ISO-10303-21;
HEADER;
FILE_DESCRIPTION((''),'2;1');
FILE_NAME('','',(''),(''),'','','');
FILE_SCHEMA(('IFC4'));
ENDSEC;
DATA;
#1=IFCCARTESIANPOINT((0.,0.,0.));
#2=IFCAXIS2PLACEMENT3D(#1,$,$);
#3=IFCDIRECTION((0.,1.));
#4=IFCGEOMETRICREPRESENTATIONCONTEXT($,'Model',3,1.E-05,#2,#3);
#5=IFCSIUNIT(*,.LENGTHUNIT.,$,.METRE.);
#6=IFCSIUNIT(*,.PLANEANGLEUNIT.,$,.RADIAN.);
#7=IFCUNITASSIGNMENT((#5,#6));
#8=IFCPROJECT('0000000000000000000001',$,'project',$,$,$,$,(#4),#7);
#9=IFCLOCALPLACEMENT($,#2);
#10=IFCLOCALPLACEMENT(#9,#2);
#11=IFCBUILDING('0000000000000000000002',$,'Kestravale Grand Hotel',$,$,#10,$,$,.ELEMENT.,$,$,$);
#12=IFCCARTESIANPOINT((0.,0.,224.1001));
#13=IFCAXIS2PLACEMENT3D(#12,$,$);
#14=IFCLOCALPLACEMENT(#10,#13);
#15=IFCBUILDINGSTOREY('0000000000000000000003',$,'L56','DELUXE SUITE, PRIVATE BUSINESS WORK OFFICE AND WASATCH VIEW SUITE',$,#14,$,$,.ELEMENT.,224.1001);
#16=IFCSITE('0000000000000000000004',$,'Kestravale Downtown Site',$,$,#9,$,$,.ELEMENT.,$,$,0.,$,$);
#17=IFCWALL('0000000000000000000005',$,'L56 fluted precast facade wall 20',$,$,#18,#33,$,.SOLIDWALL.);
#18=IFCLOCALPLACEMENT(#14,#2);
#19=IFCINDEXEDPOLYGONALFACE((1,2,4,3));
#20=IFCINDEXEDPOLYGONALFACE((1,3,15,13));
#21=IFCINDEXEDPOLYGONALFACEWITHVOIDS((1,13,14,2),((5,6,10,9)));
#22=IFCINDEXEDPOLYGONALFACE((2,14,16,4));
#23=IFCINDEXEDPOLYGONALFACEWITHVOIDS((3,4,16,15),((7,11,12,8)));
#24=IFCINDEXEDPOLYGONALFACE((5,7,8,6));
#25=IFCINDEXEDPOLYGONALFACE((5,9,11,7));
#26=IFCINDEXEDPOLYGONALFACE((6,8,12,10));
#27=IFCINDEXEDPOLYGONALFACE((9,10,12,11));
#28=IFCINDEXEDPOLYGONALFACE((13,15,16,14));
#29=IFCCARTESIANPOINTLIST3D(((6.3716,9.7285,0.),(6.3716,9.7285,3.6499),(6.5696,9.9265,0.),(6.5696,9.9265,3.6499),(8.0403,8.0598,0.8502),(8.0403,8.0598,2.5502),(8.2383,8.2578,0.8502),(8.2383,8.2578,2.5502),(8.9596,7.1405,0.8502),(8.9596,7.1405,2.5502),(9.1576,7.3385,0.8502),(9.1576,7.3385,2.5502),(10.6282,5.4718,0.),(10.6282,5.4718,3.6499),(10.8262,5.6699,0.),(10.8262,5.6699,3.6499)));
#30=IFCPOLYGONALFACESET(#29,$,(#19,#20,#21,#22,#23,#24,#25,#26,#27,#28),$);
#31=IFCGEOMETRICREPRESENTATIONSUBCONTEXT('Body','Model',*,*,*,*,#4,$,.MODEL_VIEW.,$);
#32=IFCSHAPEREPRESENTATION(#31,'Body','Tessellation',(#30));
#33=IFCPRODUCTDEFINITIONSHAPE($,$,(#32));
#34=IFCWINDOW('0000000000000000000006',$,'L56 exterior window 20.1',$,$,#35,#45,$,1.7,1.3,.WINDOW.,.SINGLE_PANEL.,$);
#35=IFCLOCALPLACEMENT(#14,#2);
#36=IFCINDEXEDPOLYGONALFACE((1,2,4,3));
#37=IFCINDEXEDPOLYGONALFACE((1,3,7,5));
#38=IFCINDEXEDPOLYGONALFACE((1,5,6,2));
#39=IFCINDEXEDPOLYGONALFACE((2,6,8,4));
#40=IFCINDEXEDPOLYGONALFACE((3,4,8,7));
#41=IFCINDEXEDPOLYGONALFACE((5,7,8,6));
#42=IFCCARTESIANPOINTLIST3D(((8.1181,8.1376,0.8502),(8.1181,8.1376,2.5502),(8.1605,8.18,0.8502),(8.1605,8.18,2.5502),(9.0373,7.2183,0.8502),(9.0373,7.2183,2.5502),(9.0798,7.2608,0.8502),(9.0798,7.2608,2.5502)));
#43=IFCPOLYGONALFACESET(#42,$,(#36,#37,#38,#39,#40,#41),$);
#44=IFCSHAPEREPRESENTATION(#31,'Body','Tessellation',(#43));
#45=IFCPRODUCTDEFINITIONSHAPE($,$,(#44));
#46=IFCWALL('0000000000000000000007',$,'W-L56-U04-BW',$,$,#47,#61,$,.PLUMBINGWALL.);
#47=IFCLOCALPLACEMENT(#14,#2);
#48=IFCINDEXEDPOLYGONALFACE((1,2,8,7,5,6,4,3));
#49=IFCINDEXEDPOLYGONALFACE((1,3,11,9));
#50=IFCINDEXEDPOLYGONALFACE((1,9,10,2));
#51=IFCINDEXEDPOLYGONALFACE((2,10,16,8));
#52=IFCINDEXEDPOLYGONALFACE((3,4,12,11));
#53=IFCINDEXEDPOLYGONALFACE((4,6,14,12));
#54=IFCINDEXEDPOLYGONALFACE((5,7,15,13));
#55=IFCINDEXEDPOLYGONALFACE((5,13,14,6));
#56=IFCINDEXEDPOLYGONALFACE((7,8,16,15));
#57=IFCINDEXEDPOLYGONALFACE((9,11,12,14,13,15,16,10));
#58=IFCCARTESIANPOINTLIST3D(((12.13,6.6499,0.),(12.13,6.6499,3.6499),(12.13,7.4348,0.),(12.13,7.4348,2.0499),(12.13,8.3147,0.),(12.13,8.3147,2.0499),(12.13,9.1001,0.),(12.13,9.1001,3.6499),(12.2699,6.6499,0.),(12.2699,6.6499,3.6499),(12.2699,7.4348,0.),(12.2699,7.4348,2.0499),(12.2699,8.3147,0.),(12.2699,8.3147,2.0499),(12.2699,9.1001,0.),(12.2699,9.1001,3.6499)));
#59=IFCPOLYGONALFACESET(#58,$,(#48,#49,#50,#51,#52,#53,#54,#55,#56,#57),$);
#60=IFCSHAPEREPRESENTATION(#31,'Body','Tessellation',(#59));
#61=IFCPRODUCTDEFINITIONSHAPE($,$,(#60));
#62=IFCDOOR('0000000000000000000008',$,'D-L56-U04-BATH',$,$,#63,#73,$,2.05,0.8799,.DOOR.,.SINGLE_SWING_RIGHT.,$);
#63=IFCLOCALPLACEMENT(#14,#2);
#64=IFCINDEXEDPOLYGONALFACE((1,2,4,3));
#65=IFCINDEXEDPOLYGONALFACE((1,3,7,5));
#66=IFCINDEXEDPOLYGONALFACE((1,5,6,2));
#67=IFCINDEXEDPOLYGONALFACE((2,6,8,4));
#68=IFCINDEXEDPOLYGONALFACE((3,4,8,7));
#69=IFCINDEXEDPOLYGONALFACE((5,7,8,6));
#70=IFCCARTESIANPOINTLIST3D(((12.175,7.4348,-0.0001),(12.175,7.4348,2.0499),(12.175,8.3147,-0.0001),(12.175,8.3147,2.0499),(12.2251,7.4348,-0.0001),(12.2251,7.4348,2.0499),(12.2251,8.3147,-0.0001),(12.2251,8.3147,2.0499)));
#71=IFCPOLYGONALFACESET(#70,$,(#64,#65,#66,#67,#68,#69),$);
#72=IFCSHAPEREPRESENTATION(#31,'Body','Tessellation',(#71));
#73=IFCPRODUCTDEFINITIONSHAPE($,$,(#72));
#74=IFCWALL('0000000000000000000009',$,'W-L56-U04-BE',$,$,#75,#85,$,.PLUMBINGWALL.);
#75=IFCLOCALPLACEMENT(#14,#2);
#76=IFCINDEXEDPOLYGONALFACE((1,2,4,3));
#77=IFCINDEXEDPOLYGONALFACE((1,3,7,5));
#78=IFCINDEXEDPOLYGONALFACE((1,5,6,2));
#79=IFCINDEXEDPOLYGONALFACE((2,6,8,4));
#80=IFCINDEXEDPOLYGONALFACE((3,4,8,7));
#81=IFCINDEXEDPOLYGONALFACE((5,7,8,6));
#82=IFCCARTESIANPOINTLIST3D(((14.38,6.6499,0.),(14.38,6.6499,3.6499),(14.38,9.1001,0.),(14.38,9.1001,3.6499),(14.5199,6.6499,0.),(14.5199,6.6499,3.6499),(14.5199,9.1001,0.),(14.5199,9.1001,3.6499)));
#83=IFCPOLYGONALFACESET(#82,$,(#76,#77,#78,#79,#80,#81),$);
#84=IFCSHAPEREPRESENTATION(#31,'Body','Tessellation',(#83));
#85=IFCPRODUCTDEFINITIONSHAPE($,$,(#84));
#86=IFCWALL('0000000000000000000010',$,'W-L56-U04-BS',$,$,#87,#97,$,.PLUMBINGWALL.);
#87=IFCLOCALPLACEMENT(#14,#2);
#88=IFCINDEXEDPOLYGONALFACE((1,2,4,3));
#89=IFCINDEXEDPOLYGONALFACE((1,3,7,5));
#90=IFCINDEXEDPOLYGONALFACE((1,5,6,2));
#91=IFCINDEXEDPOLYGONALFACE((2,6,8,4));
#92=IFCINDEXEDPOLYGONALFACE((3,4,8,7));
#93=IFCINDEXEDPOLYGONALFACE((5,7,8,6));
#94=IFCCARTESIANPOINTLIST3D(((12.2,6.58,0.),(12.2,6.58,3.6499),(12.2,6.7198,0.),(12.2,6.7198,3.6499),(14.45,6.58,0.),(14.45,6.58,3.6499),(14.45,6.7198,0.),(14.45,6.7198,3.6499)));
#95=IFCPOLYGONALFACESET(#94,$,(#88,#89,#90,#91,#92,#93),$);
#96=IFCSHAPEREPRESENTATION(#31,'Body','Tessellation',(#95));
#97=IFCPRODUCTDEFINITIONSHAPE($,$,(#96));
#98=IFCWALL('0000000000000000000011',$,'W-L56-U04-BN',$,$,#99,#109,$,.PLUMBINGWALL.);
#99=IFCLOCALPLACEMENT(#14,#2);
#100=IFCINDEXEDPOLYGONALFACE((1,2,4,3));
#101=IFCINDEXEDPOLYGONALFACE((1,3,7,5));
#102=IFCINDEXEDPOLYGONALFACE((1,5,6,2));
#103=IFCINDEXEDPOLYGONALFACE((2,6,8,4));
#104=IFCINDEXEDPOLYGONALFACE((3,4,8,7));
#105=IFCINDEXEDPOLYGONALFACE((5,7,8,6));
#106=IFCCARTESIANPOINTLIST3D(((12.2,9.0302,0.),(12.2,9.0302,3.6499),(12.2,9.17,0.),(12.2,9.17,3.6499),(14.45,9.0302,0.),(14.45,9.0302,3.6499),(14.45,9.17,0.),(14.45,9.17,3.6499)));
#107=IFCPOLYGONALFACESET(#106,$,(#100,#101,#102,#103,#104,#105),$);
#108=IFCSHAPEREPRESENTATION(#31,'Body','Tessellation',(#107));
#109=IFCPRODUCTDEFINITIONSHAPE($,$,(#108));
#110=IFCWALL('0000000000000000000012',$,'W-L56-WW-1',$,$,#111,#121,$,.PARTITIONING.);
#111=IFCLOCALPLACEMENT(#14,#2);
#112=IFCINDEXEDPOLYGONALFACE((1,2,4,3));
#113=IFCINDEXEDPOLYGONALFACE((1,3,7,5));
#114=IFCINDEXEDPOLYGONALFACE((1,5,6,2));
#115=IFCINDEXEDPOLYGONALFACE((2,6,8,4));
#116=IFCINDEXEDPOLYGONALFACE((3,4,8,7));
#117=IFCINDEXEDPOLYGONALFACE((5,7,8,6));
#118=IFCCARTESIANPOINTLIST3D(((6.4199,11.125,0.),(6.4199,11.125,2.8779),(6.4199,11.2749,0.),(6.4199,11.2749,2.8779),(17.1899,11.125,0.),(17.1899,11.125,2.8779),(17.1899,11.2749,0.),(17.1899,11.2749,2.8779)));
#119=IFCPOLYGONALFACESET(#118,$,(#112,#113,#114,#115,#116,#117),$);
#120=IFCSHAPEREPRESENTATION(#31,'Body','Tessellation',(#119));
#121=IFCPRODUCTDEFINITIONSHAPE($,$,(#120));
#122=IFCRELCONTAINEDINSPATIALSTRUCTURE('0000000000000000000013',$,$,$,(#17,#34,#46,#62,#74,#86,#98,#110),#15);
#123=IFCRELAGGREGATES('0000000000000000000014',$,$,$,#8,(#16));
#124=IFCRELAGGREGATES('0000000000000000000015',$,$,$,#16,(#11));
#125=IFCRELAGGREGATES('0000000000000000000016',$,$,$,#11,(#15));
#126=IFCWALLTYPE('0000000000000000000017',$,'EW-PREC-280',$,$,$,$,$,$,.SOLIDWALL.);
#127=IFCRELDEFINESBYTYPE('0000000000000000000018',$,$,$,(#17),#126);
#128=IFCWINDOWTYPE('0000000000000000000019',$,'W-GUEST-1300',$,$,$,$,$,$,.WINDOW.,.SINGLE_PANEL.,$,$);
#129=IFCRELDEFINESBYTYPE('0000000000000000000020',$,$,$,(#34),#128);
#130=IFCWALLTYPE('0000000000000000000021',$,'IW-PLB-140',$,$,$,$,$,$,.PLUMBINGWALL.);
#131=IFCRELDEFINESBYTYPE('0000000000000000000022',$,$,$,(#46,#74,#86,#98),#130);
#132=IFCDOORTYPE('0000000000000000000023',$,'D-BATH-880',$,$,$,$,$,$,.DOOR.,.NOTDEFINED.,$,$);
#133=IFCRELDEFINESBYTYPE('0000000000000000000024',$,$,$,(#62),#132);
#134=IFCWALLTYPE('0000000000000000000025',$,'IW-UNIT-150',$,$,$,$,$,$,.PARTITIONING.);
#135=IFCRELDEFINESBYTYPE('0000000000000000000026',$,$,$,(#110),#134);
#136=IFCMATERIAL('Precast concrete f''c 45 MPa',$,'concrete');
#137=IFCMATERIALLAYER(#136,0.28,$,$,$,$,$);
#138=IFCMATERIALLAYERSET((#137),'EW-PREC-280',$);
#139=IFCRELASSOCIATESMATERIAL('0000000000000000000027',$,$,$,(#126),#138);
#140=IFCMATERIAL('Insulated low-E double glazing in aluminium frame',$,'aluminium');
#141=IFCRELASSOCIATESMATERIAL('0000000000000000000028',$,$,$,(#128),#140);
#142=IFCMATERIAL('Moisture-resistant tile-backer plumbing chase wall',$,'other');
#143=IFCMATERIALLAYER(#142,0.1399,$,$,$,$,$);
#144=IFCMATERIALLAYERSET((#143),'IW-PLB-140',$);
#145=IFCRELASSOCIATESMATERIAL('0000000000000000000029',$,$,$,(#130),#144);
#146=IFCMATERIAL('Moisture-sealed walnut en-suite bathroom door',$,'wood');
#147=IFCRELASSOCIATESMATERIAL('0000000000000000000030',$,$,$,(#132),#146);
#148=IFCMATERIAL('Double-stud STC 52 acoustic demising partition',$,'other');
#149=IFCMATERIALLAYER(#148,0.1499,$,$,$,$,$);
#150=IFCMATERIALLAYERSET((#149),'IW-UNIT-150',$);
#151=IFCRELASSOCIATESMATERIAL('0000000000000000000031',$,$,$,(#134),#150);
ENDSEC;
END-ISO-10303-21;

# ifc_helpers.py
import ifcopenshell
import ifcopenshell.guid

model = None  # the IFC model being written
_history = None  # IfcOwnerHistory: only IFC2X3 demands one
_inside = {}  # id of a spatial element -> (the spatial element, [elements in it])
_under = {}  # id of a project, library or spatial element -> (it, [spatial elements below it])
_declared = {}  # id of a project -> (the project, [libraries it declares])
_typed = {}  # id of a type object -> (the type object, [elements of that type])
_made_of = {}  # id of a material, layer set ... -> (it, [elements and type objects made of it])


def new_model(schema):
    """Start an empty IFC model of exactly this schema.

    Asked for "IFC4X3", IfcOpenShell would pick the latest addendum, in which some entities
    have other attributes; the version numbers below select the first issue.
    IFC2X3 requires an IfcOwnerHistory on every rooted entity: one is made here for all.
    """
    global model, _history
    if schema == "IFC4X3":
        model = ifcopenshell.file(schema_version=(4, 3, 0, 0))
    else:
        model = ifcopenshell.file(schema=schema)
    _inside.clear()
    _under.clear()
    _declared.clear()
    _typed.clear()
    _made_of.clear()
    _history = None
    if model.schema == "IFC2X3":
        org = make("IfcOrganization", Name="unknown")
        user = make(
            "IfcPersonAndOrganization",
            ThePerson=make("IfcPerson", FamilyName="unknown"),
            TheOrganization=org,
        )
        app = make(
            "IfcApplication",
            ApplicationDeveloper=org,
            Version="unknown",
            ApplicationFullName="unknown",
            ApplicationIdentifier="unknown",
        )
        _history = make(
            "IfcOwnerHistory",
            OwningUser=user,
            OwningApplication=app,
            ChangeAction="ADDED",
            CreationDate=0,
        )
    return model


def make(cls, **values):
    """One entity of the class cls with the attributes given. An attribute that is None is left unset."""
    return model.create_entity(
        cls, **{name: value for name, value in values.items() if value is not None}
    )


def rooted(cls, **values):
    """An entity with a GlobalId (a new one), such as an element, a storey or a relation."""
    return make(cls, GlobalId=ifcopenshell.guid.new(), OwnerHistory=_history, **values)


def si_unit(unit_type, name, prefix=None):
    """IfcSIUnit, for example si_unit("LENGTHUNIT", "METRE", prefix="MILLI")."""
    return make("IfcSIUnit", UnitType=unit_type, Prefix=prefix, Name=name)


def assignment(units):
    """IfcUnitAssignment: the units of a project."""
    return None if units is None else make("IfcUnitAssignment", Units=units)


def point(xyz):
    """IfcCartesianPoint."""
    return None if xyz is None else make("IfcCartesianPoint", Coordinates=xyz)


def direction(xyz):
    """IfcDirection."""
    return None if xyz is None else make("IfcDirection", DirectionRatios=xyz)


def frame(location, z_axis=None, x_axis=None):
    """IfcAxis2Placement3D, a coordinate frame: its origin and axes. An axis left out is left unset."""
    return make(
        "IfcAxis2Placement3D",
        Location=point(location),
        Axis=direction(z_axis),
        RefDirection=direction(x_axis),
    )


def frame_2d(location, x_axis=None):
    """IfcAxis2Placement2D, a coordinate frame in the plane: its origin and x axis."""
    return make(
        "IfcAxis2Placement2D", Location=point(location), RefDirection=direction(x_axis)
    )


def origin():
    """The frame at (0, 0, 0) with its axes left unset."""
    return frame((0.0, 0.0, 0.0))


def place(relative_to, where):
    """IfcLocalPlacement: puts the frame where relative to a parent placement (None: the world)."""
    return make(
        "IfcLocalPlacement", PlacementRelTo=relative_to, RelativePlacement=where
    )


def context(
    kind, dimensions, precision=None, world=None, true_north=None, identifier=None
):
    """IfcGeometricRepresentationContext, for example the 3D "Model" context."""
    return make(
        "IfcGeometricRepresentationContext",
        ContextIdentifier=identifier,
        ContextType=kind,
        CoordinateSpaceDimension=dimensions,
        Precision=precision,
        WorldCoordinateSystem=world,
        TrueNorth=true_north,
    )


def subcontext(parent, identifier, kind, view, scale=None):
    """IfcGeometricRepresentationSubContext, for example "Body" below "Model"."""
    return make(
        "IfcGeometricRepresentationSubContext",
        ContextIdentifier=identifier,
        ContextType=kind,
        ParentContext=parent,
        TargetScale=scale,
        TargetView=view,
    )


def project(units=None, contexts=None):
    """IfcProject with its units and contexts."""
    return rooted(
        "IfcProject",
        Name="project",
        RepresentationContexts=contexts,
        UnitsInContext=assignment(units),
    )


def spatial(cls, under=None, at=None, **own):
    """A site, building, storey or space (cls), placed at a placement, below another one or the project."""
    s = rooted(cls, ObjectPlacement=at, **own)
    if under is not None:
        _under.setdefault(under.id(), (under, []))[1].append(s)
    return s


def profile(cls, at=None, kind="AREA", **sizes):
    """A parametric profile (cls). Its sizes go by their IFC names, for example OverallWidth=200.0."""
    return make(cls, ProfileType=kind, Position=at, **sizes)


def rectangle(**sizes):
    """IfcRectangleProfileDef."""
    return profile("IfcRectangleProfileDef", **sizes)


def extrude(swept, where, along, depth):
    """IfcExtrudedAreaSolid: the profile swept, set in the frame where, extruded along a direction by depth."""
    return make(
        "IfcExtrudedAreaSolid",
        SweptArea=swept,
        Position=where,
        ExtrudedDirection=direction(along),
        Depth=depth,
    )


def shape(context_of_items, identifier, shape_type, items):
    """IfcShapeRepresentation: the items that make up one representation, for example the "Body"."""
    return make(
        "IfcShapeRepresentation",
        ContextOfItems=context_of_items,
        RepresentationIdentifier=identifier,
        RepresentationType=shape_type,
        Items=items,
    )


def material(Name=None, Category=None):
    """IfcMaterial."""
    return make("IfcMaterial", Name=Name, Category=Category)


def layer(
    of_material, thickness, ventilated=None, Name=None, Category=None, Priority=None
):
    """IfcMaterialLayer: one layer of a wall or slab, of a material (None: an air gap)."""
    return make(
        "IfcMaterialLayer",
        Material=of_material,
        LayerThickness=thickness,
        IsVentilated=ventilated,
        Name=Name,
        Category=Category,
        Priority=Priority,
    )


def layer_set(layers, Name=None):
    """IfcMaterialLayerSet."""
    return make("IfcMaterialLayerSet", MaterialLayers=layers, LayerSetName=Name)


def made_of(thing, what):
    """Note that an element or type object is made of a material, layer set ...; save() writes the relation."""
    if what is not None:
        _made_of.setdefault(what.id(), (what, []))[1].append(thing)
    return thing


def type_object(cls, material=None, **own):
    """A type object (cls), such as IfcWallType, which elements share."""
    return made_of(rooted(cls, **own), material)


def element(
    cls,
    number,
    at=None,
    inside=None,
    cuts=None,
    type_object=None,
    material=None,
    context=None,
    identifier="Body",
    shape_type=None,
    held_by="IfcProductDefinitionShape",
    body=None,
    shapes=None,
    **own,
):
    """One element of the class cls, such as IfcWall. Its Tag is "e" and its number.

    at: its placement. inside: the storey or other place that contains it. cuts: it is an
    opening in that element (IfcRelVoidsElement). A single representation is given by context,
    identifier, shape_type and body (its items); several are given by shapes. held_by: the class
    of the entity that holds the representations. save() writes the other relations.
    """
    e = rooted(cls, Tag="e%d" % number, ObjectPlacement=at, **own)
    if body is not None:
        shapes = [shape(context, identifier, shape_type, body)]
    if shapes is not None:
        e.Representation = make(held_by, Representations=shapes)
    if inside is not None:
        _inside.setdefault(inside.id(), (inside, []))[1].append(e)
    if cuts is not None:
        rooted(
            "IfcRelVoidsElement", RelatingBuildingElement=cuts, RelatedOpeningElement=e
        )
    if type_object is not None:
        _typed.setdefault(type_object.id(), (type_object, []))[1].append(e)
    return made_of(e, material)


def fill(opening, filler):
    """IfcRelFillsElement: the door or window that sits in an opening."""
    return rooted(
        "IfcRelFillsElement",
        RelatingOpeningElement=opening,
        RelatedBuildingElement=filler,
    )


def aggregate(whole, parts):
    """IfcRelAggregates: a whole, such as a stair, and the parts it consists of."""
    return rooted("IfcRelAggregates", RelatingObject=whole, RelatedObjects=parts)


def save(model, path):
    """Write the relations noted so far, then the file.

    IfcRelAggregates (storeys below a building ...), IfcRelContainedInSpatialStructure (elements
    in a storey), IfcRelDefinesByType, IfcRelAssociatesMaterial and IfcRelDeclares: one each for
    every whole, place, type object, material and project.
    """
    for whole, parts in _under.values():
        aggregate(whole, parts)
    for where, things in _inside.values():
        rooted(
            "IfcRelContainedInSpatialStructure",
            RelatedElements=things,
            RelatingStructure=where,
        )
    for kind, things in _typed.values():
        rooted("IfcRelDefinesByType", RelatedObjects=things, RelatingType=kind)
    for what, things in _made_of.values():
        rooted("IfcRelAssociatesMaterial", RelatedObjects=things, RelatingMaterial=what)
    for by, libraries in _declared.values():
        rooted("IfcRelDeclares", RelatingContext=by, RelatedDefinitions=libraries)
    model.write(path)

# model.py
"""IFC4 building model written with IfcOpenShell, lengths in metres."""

from ifc_helpers import new_model, si_unit, direction, frame, frame_2d, origin, place, context, subcontext, project, spatial, rectangle, extrude, material, layer, layer_set, type_object, element, fill, save


model = new_model("IFC4")

# Units and contexts
model_context = context("Model", 3, precision=1e-05, world=origin(), true_north=direction((0.0, 1.0)))
body_context = subcontext(model_context, "Body", "Model", "MODEL_VIEW")
ifc_project = project(units=[si_unit("LENGTHUNIT", "METRE"), si_unit("PLANEANGLEUNIT", "RADIAN")], contexts=[model_context])

# Site, building, storey
site_placement = place(None, origin())
site = spatial("IfcSite", under=ifc_project, at=site_placement, Name="Kestravale Downtown Site", CompositionType="ELEMENT", RefElevation=0.0)
building_placement = place(site_placement, origin())
building = spatial("IfcBuilding", under=site, at=building_placement, Name="Kestravale Grand Hotel", CompositionType="ELEMENT")
storey_placement = place(building_placement, frame((0.0, 0.0, 224.1001)))
storey = spatial("IfcBuildingStorey", under=building, at=storey_placement, Name="L56", Description="DELUXE SUITE, PRIVATE BUSINESS WORK OFFICE AND WASATCH VIEW SUITE", CompositionType="ELEMENT", Elevation=224.1001)

# Shared definitions
ifc_material_1 = material(Name="Precast concrete f'c 45 MPa", Category="concrete")
ifc_layer_1 = layer(ifc_material_1, 0.28)
ifc_layer_set_1 = layer_set([ifc_layer_1], Name="EW-PREC-280")
wall_type_1 = type_object("IfcWallType", Name="EW-PREC-280", PredefinedType="SOLIDWALL", material=ifc_layer_set_1)
ifc_material_2 = material(Name="Insulated low-E double glazing in aluminium frame", Category="aluminium")
window_type = type_object("IfcWindowType", Name="W-GUEST-1300", PartitioningType="SINGLE_PANEL", PredefinedType="WINDOW", material=ifc_material_2)

# Wall, opening, window
wall_1_placement = place(storey_placement, frame((6.4707, 9.8274, 0.0), z_axis=(0.0, 0.0, 1.0), x_axis=(0.707107, -0.707107, 0.0)))
wall_1 = element("IfcWall", 1, at=wall_1_placement, inside=storey, type_object=wall_type_1, Name="L56 fluted precast facade wall 20", PredefinedType="SOLIDWALL", context=body_context, shape_type="SweptSolid", body=[
    extrude(rectangle(XDim=6.0198, YDim=0.28, at=frame_2d((3.0098, 0.0))), origin(), (0.0, 0.0, 1.0), 3.6499),
])
opening_1_placement = place(wall_1_placement, frame((2.3599, 0.0, 0.8501)))
opening_1 = element("IfcOpeningElement", 2, at=opening_1_placement, cuts=wall_1, PredefinedType="OPENING", context=body_context, shape_type="SweptSolid", body=[
    extrude(rectangle(XDim=1.3, YDim=1.7, at=frame_2d((0.6499, 0.8501))), frame((0.0, 0.1499, 0.0), z_axis=(0.0, -1.0, 0.0), x_axis=(1.0, 0.0, 0.0)), (0.0, 0.0, 1.0), 0.3),
])
window_1_placement = place(opening_1_placement, origin())
window_1 = element("IfcWindow", 3, at=window_1_placement, inside=storey, type_object=window_type, Name="L56 exterior window 20.1", OverallHeight=1.7, OverallWidth=1.3, PartitioningType="SINGLE_PANEL", PredefinedType="WINDOW", context=body_context, shape_type="SweptSolid", body=[
    extrude(rectangle(XDim=1.3, YDim=1.7, at=frame_2d((0.6499, 0.8501))), frame((0.0, 0.03, 0.0), z_axis=(0.0, -1.0, 0.0), x_axis=(1.0, 0.0, 0.0)), (0.0, 0.0, 1.0), 0.0601),
])
fill(opening_1, window_1)

# Wall, opening, door
ifc_material_3 = material(Name="Moisture-resistant tile-backer plumbing chase wall", Category="other")
ifc_layer_2 = layer(ifc_material_3, 0.1399)
ifc_layer_set_2 = layer_set([ifc_layer_2], Name="IW-PLB-140")
wall_type_2 = type_object("IfcWallType", Name="IW-PLB-140", PredefinedType="PLUMBINGWALL", material=ifc_layer_set_2)
wall_2_placement = place(storey_placement, frame((12.2, 6.6499, 0.0), z_axis=(0.0, 0.0, 1.0), x_axis=(0.0, 1.0, 0.0)))
wall_2 = element("IfcWall", 4, at=wall_2_placement, inside=storey, type_object=wall_type_2, Name="W-L56-U04-BW", PredefinedType="PLUMBINGWALL", context=body_context, shape_type="SweptSolid", body=[
    extrude(rectangle(XDim=2.4502, YDim=0.1399, at=frame_2d((1.2251, 0.0))), origin(), (0.0, 0.0, 1.0), 3.6499),
])
opening_2_placement = place(wall_2_placement, frame((0.7849, 0.0, 0.0)))
opening_2 = element("IfcOpeningElement", 5, at=opening_2_placement, cuts=wall_2, PredefinedType="OPENING", context=body_context, shape_type="SweptSolid", body=[
    extrude(rectangle(XDim=0.8799, YDim=2.05, at=frame_2d((0.4399, 1.0249))), frame((0.0, 0.0798, 0.0), z_axis=(0.0, -1.0, 0.0), x_axis=(1.0, 0.0, 0.0)), (0.0, 0.0, 1.0), 0.1599),
])
ifc_material_4 = material(Name="Moisture-sealed walnut en-suite bathroom door", Category="wood")
door_type = type_object("IfcDoorType", Name="D-BATH-880", OperationType="NOTDEFINED", PredefinedType="DOOR", material=ifc_material_4)
door_placement = place(opening_2_placement, origin())
door = element("IfcDoor", 6, at=door_placement, inside=storey, type_object=door_type, Name="D-L56-U04-BATH", OperationType="SINGLE_SWING_RIGHT", OverallHeight=2.05, OverallWidth=0.8799, PredefinedType="DOOR", context=body_context, shape_type="SweptSolid", body=[
    extrude(rectangle(XDim=0.8799, YDim=2.05, at=frame_2d((0.4399, 1.0249))), frame((0.0, 0.0249, 0.0), z_axis=(0.0, -1.0, 0.0), x_axis=(1.0, 0.0, 0.0)), (0.0, 0.0, 1.0), 0.05),
])
fill(opening_2, door)

# Walls
wall_3_placement = place(storey_placement, frame((14.45, 6.6499, 0.0), z_axis=(0.0, 0.0, 1.0), x_axis=(0.0, 1.0, 0.0)))
element("IfcWall", 7, at=wall_3_placement, inside=storey, type_object=wall_type_2, Name="W-L56-U04-BE", PredefinedType="PLUMBINGWALL", context=body_context, shape_type="SweptSolid", body=[
    extrude(rectangle(XDim=2.4502, YDim=0.1399, at=frame_2d((1.2251, 0.0))), origin(), (0.0, 0.0, 1.0), 3.6499),
])
for number, where, z_axis, x_axis, name in (
    (8, (12.2, 6.6499, 0.0), (0.0, 0.0, 1.0), (1.0, 0.0, 0.0), "W-L56-U04-BS"),
    (9, (12.2, 9.1001, 0.0), (0.0, 0.0, 1.0), (1.0, 0.0, 0.0), "W-L56-U04-BN"),
):
    element("IfcWall", number, at=place(storey_placement, frame(where, z_axis=z_axis, x_axis=x_axis)), inside=storey, type_object=wall_type_2, Name=name, PredefinedType="PLUMBINGWALL", context=body_context, shape_type="SweptSolid", body=[
        extrude(rectangle(XDim=2.25, YDim=0.1399, at=frame_2d((1.125, 0.0))), origin(), (0.0, 0.0, 1.0), 3.6499),
    ])
ifc_material_5 = material(Name="Double-stud STC 52 acoustic demising partition", Category="other")
ifc_layer_3 = layer(ifc_material_5, 0.1499)
ifc_layer_set_3 = layer_set([ifc_layer_3], Name="IW-UNIT-150")
wall_type_3 = type_object("IfcWallType", Name="IW-UNIT-150", PredefinedType="PARTITIONING", material=ifc_layer_set_3)
wall_4_placement = place(storey_placement, frame((6.4199, 11.2, 0.0), z_axis=(0.0, 0.0, 1.0), x_axis=(1.0, 0.0, 0.0)))
element("IfcWall", 10, at=wall_4_placement, inside=storey, type_object=wall_type_3, Name="W-L56-WW-1", PredefinedType="PARTITIONING", context=body_context, shape_type="SweptSolid", body=[
    extrude(rectangle(XDim=10.77, YDim=0.1499, at=frame_2d((5.385, 0.0))), origin(), (0.0, 0.0, 1.0), 2.8779),
])

save(model, "model.ifc")
